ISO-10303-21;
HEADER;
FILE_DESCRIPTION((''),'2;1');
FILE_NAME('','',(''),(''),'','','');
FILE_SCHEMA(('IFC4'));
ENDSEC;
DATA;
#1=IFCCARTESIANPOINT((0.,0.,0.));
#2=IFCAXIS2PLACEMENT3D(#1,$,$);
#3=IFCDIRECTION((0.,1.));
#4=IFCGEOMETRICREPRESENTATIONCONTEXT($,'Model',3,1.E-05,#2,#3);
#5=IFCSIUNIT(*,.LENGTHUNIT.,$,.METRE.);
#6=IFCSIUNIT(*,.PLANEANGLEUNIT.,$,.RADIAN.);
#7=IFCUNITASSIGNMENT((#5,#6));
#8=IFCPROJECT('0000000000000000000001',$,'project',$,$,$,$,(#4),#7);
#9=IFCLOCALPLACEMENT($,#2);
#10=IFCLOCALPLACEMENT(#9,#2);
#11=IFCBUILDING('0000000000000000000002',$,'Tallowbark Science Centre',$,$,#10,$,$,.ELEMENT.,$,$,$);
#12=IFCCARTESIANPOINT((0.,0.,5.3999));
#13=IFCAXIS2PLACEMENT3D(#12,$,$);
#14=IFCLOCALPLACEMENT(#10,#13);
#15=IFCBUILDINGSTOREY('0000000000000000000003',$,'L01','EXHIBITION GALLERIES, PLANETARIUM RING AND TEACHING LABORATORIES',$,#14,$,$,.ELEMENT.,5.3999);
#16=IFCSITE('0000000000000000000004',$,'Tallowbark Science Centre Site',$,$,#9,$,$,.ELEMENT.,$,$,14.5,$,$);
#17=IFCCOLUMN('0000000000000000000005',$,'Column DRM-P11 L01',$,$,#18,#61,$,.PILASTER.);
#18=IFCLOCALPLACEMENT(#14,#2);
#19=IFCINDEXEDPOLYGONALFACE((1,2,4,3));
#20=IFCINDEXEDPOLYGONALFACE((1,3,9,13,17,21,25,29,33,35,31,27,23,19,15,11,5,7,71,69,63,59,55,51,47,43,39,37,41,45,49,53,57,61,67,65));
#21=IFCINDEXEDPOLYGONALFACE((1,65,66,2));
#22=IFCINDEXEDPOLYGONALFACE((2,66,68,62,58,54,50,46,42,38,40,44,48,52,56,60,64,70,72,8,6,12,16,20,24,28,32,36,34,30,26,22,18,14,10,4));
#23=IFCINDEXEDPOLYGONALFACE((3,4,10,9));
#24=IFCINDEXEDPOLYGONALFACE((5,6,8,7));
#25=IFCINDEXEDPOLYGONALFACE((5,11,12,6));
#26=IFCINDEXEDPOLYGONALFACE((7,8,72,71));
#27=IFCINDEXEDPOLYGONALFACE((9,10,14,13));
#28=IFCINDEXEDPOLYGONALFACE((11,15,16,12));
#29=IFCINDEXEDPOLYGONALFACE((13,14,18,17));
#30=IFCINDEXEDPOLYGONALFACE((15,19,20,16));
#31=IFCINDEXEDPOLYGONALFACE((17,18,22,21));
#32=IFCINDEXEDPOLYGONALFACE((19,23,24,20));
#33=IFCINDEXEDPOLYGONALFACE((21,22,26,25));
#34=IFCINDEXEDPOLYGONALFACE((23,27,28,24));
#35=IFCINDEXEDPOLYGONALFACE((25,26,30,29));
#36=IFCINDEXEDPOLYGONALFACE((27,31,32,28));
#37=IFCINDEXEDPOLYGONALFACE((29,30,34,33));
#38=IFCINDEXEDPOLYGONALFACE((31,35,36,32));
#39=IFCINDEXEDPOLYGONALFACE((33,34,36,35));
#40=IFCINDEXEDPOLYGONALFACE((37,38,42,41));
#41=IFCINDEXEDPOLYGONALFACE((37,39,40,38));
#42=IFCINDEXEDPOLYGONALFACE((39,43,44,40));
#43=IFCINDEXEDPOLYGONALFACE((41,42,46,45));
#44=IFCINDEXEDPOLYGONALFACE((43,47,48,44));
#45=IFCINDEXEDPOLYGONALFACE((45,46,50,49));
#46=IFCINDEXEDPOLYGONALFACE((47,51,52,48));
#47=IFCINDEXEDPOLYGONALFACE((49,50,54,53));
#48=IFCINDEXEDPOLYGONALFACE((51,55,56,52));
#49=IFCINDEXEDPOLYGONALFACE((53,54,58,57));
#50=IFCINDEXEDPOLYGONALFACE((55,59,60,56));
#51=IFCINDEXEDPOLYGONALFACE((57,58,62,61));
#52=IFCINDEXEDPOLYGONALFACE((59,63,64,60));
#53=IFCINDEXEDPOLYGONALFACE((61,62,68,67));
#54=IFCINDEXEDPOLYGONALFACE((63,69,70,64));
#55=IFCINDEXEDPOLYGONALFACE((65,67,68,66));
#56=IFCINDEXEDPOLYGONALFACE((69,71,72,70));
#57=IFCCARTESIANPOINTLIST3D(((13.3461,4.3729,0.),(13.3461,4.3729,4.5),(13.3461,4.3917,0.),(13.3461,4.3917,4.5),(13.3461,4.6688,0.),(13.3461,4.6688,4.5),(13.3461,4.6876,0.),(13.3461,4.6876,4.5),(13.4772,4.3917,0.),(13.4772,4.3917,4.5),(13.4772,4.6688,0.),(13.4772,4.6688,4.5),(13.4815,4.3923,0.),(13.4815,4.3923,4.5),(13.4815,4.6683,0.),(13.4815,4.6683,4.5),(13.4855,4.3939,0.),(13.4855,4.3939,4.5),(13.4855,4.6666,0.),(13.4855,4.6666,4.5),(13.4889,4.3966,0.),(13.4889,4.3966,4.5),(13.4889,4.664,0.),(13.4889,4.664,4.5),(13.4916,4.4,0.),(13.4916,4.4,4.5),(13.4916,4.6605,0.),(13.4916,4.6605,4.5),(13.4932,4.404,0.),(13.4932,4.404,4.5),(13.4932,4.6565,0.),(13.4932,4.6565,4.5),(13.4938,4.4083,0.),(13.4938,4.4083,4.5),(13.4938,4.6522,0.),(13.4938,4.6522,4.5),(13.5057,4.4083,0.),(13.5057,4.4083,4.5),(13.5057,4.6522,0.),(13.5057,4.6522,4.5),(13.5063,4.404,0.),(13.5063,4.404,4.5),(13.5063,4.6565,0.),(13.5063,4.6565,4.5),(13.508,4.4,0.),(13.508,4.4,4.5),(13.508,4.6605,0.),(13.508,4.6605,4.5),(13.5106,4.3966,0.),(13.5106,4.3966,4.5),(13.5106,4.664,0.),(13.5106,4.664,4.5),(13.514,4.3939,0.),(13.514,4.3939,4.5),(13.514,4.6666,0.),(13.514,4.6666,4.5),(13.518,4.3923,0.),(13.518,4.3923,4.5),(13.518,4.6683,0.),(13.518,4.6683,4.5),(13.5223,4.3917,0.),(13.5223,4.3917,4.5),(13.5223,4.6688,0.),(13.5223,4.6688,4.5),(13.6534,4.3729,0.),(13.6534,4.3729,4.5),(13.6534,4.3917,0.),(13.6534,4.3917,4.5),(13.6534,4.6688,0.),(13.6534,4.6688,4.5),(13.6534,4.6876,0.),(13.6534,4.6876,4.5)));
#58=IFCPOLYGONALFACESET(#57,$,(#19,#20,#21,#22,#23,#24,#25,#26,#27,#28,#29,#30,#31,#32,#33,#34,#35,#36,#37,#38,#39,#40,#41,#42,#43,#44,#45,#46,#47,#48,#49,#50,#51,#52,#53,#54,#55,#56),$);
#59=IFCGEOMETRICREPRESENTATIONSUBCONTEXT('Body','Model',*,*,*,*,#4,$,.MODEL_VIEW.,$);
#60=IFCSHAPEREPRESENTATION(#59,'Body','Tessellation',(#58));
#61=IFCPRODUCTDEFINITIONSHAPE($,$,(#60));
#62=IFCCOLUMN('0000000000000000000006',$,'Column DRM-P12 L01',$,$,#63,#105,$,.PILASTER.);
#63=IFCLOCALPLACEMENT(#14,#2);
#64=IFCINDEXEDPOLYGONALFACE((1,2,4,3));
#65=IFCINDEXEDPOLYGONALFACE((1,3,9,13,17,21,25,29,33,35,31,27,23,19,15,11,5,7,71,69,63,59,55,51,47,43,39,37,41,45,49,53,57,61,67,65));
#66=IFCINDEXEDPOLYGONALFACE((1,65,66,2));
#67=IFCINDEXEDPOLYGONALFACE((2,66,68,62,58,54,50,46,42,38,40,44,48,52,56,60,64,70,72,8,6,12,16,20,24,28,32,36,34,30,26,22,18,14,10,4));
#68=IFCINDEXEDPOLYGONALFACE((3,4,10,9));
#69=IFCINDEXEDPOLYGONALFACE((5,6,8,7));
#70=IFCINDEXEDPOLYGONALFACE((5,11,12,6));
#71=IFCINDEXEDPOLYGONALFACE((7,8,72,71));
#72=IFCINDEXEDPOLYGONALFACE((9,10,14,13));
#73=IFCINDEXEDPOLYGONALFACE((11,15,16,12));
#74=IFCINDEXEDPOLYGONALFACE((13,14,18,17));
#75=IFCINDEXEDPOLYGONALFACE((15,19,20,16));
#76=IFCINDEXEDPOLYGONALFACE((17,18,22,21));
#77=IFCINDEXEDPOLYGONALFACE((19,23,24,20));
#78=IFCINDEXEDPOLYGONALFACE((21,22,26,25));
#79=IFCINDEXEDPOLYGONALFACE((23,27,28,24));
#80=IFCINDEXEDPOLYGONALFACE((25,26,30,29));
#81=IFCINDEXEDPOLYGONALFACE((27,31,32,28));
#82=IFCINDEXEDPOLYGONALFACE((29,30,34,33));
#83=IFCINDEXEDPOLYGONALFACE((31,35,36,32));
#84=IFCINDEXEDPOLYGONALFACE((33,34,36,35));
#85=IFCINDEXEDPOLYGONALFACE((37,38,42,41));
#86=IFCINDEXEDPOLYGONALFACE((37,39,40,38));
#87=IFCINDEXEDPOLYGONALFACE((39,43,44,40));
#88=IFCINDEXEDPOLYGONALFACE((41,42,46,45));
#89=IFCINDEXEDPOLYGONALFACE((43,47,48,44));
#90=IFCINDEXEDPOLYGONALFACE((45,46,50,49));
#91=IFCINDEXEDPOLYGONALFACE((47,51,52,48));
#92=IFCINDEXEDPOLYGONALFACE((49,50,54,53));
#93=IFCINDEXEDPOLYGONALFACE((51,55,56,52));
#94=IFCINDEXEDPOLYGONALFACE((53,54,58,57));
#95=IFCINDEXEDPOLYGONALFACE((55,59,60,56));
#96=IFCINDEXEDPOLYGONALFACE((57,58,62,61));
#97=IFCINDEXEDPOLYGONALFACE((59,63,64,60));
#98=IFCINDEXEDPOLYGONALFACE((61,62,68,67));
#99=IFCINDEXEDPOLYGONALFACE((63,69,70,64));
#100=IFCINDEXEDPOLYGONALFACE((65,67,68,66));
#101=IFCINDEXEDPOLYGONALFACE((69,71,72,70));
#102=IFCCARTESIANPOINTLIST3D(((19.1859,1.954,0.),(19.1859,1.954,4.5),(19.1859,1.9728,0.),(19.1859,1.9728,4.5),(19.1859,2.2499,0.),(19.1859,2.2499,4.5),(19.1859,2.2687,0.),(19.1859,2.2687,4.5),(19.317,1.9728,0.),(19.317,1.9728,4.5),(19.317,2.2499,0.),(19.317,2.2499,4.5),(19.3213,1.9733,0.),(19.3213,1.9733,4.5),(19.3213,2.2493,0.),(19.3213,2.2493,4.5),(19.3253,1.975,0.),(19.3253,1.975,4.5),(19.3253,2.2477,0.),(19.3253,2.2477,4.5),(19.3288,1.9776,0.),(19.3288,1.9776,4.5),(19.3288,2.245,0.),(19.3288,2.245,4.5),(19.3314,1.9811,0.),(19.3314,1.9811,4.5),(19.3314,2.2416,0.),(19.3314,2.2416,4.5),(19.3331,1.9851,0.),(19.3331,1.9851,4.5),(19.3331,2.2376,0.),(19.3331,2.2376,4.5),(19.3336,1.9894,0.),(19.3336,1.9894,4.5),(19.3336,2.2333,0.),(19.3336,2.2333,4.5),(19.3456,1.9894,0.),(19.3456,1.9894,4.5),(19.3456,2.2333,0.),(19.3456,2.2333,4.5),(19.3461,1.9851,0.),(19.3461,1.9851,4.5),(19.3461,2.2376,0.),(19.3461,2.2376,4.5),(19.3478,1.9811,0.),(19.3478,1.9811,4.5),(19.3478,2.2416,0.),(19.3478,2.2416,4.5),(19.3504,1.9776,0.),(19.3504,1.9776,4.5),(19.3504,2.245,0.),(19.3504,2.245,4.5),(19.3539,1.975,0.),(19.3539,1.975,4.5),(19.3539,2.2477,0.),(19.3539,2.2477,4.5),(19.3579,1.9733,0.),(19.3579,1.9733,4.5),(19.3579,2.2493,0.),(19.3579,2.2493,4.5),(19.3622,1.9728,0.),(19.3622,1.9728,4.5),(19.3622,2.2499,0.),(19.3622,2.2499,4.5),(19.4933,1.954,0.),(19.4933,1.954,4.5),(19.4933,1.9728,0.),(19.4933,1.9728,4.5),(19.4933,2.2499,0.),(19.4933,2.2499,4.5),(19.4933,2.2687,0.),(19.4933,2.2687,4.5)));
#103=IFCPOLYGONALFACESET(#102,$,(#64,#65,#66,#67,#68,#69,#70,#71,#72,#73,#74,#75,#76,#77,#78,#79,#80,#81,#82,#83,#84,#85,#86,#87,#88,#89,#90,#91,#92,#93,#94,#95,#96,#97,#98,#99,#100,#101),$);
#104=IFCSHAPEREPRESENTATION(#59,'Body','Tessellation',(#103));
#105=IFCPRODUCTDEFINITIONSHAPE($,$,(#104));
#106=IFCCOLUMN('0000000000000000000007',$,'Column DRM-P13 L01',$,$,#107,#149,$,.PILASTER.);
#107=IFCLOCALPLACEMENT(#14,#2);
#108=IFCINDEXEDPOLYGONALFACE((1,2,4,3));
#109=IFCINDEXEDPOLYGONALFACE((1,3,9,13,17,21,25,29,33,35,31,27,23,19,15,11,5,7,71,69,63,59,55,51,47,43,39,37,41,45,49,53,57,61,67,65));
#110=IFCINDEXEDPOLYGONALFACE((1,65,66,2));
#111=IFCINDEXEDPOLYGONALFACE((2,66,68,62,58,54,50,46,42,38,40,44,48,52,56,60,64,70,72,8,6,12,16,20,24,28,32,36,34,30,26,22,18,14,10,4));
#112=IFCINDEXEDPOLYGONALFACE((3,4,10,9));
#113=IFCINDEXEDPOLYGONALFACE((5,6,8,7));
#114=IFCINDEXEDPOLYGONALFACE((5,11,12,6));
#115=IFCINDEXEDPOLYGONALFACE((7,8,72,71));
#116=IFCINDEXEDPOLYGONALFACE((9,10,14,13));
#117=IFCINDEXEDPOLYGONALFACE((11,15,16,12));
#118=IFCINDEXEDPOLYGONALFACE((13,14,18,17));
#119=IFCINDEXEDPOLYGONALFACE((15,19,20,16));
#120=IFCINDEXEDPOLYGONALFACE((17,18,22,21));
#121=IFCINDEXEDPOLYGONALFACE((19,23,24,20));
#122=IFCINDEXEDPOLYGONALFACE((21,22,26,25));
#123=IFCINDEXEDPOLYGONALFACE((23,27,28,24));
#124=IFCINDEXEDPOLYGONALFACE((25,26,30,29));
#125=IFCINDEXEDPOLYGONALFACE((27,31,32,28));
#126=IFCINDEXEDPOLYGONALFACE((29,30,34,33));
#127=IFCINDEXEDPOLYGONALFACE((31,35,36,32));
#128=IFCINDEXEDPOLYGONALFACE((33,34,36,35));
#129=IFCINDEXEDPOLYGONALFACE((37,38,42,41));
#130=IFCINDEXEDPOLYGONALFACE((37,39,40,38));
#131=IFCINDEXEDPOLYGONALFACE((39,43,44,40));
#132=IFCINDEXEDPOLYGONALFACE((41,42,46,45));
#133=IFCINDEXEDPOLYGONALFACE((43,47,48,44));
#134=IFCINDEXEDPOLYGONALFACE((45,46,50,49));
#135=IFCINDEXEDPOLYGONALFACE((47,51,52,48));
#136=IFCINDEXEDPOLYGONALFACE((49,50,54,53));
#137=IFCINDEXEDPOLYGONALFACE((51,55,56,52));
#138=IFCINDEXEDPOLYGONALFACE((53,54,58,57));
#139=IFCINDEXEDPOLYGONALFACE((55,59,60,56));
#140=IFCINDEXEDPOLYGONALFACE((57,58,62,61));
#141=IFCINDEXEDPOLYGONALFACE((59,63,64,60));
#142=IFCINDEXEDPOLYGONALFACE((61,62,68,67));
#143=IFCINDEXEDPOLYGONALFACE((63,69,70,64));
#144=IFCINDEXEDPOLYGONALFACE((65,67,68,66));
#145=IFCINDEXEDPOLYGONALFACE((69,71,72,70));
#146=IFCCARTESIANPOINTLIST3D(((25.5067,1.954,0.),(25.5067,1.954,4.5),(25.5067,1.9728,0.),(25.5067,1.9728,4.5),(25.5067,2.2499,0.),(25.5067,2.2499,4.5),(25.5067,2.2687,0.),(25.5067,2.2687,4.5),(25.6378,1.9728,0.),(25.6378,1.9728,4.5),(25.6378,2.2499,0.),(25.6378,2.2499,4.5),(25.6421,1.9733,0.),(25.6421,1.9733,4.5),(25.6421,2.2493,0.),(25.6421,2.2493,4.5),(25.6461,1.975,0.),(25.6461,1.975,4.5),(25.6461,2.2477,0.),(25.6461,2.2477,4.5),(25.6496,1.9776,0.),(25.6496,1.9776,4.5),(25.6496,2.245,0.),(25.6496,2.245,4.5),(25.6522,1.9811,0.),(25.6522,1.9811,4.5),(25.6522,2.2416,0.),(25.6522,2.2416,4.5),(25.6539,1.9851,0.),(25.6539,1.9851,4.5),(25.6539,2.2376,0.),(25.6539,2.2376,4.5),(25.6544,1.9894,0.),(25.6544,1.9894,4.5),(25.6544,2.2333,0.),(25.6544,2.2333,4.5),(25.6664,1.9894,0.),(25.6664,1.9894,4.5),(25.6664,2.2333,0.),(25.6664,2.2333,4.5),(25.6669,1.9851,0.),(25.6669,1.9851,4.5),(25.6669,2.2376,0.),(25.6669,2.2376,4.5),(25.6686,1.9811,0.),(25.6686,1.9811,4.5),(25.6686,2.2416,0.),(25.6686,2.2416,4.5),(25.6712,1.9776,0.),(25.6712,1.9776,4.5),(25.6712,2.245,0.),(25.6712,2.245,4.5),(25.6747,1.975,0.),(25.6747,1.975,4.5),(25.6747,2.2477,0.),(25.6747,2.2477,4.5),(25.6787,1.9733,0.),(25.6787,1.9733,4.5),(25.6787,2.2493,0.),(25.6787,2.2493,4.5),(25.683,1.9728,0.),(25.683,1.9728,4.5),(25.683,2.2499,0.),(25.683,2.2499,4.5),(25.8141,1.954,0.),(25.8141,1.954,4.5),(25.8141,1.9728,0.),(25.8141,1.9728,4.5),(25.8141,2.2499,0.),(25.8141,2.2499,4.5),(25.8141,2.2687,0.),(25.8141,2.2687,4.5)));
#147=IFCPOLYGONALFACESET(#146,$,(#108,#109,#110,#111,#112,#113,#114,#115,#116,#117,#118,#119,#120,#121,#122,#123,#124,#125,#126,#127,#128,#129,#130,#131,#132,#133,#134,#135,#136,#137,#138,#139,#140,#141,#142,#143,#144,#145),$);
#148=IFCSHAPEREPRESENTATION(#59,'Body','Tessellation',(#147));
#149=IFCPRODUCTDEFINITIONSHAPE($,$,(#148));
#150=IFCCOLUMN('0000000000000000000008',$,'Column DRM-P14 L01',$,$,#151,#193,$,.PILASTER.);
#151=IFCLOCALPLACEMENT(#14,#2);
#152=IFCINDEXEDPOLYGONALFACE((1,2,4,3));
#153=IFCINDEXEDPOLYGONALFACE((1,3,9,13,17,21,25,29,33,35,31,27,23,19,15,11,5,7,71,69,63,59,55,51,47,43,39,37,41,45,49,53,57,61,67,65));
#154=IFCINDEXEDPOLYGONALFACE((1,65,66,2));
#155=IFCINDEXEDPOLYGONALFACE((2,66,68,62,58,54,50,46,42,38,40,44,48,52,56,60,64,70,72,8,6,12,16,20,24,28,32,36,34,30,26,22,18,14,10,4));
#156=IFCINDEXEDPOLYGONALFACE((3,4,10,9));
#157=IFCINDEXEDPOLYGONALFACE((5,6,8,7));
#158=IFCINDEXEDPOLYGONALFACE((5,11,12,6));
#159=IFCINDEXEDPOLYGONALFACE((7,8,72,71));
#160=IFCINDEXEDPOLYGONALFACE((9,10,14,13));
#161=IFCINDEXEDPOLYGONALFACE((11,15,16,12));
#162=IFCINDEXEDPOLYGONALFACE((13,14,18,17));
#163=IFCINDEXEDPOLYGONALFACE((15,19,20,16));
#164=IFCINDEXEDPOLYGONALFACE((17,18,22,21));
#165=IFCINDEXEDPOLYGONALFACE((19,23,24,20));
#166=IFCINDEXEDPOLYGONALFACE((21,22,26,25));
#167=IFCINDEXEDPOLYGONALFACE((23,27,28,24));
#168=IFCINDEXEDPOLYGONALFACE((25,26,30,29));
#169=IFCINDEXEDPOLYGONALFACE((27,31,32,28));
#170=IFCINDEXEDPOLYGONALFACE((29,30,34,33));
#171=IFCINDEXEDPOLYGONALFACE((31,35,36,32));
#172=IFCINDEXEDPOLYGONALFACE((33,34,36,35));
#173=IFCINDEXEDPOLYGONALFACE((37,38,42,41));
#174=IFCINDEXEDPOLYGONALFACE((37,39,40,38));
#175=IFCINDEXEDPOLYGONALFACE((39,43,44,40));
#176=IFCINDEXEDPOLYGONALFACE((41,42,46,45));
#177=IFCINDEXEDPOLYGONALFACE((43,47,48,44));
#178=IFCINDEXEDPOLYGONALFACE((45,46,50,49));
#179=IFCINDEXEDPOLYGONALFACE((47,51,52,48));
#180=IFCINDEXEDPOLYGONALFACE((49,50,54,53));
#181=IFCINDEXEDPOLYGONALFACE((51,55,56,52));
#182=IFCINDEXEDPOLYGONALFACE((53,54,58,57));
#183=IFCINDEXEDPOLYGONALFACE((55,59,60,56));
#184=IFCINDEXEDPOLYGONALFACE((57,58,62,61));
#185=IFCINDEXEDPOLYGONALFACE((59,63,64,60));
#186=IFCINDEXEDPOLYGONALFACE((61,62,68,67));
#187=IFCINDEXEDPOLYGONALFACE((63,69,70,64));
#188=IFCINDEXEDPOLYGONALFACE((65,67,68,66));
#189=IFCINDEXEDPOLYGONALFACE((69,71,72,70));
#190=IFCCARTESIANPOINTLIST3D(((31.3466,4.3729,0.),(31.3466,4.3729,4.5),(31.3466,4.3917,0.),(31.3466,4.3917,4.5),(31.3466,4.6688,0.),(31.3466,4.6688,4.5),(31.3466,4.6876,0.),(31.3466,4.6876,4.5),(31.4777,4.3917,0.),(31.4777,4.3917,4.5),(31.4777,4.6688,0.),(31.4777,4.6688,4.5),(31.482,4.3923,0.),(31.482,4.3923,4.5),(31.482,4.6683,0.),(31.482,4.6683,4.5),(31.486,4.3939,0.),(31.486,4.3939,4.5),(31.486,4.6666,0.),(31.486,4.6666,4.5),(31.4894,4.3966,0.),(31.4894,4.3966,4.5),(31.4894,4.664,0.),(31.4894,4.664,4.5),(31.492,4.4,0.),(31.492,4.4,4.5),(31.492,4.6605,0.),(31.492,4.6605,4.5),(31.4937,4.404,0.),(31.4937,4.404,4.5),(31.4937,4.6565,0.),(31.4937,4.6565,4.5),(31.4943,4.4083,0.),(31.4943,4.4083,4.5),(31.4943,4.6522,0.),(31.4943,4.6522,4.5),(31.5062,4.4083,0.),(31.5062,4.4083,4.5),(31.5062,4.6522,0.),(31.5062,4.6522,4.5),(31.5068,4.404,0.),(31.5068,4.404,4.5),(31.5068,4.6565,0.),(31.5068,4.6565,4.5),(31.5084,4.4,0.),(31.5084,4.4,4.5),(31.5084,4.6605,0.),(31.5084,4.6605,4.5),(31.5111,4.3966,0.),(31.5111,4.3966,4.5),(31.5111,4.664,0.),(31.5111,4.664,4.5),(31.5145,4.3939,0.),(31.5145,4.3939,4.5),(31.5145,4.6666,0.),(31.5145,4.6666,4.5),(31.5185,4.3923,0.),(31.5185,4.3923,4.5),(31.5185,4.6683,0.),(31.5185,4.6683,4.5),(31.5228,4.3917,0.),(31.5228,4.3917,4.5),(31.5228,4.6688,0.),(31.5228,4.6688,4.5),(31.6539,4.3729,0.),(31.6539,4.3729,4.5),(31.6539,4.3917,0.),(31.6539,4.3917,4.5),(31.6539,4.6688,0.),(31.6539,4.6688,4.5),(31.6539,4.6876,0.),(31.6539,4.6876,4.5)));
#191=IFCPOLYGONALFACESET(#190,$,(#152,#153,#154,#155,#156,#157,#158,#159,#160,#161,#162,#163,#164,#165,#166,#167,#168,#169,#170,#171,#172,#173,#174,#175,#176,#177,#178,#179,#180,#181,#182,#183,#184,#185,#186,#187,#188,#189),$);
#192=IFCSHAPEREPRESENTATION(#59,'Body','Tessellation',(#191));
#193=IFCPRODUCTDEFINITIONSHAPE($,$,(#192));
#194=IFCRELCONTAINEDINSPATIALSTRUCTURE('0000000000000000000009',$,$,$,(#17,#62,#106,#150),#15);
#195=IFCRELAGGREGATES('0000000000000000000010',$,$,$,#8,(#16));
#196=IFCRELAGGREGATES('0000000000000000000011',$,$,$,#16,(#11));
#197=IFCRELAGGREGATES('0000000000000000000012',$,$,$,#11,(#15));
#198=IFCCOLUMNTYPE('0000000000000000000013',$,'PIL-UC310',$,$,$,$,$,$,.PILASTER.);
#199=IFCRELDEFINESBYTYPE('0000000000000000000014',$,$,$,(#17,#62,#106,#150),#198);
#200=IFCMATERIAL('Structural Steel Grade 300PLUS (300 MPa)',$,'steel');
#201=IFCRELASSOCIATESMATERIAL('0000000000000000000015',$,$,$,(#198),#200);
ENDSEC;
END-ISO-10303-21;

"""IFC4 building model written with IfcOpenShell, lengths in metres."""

from ifc_helpers import new_model, si_unit, direction, frame, origin, origin_2d, place, context, subcontext, project, spatial, i_section, extrude, material, material_profile, profile_set, type_object, element, save


model = new_model("IFC4")

# Units and contexts
model_context = context("Model", 3, precision=1e-05, world=origin(), true_north=direction((0.0, 1.0)))
body_context = subcontext(model_context, "Body", "Model", "MODEL_VIEW")
ifc_project = project(units=[si_unit("LENGTHUNIT", "METRE"), si_unit("PLANEANGLEUNIT", "RADIAN")], contexts=[model_context])

# Site, building, storey
site_placement = place(None, origin())
site = spatial("IfcSite", under=ifc_project, at=site_placement, Name="Tallowbark Science Centre Site", CompositionType="ELEMENT", RefElevation=14.5)
building_placement = place(site_placement, origin())
building = spatial("IfcBuilding", under=site, at=building_placement, Name="Tallowbark Science Centre", CompositionType="ELEMENT")
storey_placement = place(building_placement, frame((0.0, 0.0, 5.3999)))
storey = spatial("IfcBuildingStorey", under=building, at=storey_placement, Name="L01", Description="EXHIBITION GALLERIES, PLANETARIUM RING AND TEACHING LABORATORIES", CompositionType="ELEMENT", Elevation=5.3999)

# Columns
ifc_material_1 = material(Name="Structural Steel Grade 300PLUS (300 MPa)", Category="steel")
ifc_material_profile_1 = material_profile(ifc_material_1, i_section(OverallWidth=0.3074, OverallDepth=0.3147, WebThickness=0.012, FlangeThickness=0.0188, FilletRadius=0.0166, at=origin_2d()), Name="310UC118")
ifc_profile_set_1 = profile_set([ifc_material_profile_1], Name="Structural Steel Grade 300PLUS (300 MPa)")
column_type = type_object("IfcColumnType", Name="PIL-UC310", PredefinedType="PILASTER", material=ifc_profile_set_1)
for number, where, z_axis, x_axis, name in (
    (1, (13.4998, 4.5303, 0.0), (0.0, 0.0, 1.0), (1.0, 0.0, 0.0), "Column DRM-P11 L01"),
    (2, (19.3396, 2.1113, 0.0), (0.0, 0.0, 1.0), (1.0, 0.0, 0.0), "Column DRM-P12 L01"),
    (3, (25.6604, 2.1113, 0.0), (0.0, 0.0, 1.0), (1.0, 0.0, 0.0), "Column DRM-P13 L01"),
    (4, (31.5002, 4.5303, 0.0), (0.0, 0.0, 1.0), (1.0, 0.0, 0.0), "Column DRM-P14 L01"),
):
    element("IfcColumn", number, at=place(storey_placement, frame(where, z_axis=z_axis, x_axis=x_axis)), inside=storey, type_object=column_type, Name=name, PredefinedType="PILASTER", context=body_context, shape_type="SweptSolid", body=[
        extrude(i_section(OverallWidth=0.3074, OverallDepth=0.3147, WebThickness=0.012, FlangeThickness=0.0188, FilletRadius=0.0166, at=origin_2d()), origin(), (0.0, 0.0, 1.0), 4.5),
    ])

save(model, "model.ifc")
